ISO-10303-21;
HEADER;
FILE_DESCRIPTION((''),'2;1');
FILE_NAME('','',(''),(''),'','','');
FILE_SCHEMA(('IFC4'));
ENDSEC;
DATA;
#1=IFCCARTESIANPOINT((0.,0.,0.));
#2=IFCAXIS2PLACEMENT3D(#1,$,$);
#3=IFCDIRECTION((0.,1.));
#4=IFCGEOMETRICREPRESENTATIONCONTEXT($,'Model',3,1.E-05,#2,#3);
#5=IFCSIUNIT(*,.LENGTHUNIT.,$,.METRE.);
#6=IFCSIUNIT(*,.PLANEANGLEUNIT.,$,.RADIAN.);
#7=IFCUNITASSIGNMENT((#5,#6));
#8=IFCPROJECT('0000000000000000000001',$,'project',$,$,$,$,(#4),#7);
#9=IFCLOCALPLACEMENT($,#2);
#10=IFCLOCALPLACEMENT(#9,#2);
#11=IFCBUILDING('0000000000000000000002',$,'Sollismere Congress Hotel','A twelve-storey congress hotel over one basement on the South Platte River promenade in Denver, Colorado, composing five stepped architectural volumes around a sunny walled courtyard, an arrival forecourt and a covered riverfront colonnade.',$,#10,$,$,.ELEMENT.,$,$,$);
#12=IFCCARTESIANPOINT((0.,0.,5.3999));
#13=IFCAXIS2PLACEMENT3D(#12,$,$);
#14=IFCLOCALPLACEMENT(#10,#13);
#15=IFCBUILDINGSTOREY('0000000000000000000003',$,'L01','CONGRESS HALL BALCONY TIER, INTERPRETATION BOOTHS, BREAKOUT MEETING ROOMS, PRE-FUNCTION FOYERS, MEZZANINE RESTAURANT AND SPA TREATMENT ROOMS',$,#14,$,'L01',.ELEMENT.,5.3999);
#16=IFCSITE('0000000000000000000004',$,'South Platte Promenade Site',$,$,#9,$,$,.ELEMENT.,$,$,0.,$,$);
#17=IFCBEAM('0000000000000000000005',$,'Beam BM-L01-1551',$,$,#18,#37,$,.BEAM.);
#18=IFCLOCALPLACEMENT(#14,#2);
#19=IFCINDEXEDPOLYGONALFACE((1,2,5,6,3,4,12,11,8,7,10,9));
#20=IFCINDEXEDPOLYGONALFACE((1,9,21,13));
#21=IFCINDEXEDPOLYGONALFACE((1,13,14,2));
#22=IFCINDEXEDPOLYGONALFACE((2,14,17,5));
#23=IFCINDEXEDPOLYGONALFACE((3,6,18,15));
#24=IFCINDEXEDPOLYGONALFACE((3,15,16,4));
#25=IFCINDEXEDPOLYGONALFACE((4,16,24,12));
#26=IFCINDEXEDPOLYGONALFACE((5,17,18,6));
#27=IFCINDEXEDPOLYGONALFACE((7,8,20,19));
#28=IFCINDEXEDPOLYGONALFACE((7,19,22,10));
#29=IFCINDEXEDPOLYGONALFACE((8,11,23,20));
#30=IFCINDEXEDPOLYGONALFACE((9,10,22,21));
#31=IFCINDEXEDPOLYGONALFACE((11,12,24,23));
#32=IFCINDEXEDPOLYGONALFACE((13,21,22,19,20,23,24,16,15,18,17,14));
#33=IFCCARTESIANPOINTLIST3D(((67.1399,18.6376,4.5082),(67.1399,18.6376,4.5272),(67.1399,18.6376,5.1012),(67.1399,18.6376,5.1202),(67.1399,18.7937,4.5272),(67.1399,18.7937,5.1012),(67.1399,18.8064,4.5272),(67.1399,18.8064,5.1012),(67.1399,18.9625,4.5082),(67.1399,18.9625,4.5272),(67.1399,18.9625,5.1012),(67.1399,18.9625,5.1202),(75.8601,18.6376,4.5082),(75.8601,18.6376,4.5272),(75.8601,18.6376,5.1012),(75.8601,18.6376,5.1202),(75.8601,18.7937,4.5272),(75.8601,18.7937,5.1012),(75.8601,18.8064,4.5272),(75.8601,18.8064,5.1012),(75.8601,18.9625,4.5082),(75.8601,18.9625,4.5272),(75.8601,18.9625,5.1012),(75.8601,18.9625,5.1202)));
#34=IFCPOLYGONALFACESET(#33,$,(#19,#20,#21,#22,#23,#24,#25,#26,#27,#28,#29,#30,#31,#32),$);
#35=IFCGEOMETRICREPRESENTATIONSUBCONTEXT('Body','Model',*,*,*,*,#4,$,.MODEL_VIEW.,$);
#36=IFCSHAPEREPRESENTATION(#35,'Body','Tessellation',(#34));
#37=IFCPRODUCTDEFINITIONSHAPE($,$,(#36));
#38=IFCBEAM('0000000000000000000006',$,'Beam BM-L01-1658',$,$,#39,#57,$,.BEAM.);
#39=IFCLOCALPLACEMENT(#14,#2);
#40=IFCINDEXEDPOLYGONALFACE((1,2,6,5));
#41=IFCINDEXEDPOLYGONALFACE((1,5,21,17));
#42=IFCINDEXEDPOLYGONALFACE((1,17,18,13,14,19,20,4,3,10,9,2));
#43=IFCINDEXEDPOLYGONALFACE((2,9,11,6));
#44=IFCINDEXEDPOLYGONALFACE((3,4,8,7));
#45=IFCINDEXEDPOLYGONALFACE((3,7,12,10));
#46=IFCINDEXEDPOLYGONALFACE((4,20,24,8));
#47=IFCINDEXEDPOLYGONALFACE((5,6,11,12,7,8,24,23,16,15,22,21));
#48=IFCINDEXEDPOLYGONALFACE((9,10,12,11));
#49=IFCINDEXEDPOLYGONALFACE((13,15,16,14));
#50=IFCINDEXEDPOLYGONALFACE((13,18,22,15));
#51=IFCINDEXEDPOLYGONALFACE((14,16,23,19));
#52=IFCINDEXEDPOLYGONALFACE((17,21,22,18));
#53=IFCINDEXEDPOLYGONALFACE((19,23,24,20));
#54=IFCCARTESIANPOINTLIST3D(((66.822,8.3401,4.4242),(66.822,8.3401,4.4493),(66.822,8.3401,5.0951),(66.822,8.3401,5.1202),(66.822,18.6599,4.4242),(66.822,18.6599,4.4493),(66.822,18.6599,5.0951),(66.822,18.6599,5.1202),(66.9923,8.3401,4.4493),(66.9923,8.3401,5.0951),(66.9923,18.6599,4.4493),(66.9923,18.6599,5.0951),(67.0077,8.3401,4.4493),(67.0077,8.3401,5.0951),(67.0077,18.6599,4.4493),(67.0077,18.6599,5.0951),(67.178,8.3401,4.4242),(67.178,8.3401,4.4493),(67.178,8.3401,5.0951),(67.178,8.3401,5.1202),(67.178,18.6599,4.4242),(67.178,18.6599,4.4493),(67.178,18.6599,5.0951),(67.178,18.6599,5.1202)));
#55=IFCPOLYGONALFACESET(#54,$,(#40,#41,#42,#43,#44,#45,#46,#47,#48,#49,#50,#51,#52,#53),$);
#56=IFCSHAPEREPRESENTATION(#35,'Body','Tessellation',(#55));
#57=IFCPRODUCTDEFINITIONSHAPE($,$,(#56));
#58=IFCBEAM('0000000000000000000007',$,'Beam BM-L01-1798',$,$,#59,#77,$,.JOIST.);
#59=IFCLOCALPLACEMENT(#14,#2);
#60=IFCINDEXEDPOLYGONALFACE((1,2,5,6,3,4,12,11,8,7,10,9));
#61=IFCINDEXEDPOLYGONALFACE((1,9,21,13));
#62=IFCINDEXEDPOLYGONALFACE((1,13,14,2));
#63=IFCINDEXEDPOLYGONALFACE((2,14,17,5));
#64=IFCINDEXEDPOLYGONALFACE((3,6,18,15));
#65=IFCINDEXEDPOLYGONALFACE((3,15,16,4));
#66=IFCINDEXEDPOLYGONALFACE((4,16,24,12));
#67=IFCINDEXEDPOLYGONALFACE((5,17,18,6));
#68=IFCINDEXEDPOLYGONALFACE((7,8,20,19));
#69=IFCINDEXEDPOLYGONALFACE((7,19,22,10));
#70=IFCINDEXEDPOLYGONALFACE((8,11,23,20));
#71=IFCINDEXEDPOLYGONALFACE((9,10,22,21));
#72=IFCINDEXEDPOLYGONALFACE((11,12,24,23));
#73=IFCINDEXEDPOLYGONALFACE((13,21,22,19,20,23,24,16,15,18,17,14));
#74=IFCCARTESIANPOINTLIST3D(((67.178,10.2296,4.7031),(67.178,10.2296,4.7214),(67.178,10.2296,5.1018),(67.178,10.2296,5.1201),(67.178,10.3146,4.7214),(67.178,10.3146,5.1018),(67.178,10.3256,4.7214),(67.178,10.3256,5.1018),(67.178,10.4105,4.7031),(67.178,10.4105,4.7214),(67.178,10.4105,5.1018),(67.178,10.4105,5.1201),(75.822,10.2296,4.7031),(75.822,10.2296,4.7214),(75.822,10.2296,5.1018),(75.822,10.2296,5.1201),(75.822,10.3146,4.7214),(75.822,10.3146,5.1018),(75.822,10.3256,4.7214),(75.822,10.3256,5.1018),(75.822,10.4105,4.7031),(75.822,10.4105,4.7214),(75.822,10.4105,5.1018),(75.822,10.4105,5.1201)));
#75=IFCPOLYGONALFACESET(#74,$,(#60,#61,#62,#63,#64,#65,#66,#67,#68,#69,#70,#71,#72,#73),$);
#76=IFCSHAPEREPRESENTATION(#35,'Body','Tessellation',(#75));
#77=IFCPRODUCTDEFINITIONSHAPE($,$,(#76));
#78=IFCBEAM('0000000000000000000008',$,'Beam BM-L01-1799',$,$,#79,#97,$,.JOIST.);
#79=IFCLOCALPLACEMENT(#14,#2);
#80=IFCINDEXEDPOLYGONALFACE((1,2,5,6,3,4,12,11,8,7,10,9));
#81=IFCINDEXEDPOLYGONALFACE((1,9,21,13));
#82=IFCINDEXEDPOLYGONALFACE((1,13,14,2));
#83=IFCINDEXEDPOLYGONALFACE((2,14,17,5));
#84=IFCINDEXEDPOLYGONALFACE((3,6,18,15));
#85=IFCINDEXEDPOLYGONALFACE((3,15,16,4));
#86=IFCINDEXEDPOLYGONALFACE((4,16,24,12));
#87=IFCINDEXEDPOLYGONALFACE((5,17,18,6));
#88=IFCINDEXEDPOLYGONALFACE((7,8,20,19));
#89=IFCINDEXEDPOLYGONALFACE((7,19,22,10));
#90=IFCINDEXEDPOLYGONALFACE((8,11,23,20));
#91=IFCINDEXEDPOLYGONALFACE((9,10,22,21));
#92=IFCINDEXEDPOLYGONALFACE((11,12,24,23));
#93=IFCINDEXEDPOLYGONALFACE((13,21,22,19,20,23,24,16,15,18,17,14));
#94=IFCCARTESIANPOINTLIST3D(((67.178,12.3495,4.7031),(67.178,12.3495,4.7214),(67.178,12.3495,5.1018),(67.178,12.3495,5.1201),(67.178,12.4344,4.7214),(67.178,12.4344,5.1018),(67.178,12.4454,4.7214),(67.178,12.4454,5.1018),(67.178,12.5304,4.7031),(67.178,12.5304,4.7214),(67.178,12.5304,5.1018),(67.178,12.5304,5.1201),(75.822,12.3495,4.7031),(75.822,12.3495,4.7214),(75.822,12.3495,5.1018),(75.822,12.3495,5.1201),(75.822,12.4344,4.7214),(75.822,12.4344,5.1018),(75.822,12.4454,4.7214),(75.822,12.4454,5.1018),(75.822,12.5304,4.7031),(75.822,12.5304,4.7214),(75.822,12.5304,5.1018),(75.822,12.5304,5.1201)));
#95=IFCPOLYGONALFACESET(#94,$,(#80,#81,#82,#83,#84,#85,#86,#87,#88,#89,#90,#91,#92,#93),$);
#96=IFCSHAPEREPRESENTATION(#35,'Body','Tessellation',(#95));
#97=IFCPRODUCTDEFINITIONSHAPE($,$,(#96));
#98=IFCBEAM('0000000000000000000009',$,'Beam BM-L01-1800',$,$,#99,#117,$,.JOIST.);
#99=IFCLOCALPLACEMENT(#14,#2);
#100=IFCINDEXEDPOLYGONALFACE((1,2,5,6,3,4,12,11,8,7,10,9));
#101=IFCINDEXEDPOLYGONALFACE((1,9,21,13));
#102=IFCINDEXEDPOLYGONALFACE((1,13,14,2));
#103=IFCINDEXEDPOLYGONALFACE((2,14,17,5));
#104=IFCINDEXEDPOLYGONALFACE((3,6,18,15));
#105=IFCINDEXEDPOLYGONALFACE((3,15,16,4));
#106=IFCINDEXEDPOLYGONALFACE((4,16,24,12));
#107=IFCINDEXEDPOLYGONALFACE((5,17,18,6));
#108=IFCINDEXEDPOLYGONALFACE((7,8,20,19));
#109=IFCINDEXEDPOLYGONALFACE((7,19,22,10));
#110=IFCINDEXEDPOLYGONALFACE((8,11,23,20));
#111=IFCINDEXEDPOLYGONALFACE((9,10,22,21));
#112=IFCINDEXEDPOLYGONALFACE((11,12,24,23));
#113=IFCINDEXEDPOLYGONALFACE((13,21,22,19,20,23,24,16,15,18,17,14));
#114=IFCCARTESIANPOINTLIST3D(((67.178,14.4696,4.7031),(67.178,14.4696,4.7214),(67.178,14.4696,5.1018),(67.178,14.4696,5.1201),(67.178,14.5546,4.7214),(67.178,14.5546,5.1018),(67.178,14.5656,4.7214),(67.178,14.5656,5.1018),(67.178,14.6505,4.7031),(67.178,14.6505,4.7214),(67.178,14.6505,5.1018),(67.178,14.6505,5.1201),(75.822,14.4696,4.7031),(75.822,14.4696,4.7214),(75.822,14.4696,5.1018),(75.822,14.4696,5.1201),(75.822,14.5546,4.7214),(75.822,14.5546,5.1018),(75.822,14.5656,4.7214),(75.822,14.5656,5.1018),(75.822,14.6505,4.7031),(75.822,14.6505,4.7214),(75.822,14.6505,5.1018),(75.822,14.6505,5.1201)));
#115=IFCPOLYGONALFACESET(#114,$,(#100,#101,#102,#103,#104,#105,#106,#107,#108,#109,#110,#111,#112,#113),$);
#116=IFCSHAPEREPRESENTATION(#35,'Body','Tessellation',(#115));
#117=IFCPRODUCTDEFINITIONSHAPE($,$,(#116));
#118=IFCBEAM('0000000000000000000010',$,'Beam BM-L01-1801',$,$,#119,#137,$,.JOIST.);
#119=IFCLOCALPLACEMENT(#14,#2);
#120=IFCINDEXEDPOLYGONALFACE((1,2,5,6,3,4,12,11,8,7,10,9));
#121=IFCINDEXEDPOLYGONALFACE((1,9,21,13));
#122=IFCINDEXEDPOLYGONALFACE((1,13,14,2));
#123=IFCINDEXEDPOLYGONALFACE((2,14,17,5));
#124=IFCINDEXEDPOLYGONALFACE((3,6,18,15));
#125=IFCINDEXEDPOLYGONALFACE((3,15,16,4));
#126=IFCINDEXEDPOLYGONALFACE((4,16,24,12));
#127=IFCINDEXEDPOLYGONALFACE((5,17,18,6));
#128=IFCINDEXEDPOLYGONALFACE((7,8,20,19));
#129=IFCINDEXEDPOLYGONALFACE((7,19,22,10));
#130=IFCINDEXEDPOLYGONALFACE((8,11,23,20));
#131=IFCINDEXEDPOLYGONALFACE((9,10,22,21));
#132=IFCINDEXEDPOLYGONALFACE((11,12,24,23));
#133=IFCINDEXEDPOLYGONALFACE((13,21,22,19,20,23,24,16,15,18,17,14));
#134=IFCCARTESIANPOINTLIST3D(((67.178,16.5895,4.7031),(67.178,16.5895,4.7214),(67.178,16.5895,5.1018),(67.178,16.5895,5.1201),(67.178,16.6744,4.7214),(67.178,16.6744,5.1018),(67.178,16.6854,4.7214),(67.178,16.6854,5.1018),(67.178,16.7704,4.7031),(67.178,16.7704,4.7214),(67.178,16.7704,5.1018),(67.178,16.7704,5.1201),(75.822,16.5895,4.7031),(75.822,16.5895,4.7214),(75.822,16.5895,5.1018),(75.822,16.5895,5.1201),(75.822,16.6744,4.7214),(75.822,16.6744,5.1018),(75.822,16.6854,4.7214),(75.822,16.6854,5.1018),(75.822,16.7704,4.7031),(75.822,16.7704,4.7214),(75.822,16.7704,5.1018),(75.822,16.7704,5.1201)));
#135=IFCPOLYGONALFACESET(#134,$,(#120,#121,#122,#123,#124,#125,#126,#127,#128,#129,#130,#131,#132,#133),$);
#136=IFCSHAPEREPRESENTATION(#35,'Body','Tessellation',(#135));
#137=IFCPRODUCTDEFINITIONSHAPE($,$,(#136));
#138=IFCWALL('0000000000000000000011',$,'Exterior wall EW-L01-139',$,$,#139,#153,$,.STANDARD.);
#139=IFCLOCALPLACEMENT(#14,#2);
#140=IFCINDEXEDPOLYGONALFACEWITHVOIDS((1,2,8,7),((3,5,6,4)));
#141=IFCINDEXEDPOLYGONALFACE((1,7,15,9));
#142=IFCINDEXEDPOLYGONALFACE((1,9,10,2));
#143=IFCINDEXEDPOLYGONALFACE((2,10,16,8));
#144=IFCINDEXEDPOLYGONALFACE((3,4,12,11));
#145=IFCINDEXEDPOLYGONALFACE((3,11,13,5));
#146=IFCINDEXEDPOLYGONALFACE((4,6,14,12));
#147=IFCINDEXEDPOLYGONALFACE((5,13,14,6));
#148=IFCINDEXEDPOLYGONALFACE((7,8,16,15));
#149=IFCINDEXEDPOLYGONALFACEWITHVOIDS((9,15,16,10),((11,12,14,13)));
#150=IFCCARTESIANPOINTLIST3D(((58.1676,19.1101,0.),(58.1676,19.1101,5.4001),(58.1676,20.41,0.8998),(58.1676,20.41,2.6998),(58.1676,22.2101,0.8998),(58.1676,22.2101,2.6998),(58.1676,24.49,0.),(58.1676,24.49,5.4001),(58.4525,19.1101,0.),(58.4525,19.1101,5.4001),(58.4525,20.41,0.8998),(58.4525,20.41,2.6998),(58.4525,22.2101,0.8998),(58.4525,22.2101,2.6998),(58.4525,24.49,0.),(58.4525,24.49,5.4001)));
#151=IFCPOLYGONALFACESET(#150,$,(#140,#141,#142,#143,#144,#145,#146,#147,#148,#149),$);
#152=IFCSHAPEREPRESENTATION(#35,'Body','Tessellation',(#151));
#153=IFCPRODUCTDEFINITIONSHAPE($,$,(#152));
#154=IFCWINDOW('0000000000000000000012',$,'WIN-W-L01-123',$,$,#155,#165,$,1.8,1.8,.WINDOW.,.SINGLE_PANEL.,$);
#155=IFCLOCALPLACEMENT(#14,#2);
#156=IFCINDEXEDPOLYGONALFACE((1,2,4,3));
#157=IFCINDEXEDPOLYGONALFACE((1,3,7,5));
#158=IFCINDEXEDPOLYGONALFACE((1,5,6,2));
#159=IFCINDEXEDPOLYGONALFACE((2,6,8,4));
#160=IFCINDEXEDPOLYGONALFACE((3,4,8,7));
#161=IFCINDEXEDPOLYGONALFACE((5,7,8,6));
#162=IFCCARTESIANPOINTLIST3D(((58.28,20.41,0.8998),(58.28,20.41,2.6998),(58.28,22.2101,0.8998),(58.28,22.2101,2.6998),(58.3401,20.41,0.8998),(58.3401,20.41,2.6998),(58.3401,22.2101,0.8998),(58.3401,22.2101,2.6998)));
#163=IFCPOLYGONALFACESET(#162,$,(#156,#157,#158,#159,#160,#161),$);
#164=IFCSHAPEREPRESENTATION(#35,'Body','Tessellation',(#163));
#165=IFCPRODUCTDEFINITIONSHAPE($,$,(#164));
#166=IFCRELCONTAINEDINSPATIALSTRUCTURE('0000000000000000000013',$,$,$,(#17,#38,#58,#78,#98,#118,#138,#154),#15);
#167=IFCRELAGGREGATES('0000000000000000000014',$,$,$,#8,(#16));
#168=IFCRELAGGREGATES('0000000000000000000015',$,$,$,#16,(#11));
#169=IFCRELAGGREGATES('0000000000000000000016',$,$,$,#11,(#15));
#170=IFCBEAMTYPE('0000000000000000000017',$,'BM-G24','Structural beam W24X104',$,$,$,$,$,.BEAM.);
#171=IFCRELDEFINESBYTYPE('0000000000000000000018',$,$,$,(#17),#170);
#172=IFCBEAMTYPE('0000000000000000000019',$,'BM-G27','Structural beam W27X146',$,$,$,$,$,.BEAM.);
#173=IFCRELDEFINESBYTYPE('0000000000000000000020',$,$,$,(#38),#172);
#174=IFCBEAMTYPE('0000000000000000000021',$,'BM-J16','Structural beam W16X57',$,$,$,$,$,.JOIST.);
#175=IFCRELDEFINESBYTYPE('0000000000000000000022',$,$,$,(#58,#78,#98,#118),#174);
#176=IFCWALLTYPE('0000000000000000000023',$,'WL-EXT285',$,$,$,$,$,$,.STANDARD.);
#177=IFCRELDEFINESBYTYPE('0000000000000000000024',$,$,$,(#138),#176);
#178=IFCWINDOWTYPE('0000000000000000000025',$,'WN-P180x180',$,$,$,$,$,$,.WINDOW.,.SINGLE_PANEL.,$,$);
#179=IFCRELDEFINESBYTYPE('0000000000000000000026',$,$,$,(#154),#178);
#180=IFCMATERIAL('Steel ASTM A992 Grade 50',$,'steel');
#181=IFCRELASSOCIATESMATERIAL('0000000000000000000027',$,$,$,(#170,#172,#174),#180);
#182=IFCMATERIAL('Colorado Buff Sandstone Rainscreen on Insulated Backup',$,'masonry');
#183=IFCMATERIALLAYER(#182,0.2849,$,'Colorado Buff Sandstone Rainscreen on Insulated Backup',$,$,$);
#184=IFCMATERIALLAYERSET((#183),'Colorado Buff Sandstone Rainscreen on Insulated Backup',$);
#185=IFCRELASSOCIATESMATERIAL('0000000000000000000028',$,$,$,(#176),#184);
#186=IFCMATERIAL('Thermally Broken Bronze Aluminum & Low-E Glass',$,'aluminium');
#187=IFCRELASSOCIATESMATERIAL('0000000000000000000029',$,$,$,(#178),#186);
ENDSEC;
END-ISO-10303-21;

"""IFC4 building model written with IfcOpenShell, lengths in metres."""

from ifc_helpers import new_model, si_unit, direction, frame, frame_2d, origin, origin_2d, place, context, subcontext, project, spatial, rectangle, i_section, extrude, material, layer, layer_set, material_profile, profile_set, type_object, element, fill, save


model = new_model("IFC4")

# Units and contexts
model_context = context("Model", 3, precision=1e-05, world=origin(), true_north=direction((0.0, 1.0)))
body_context = subcontext(model_context, "Body", "Model", "MODEL_VIEW")
ifc_project = project(units=[si_unit("LENGTHUNIT", "METRE"), si_unit("PLANEANGLEUNIT", "RADIAN")], contexts=[model_context])

# Site, building, storey
site_placement = place(None, origin())
site = spatial("IfcSite", under=ifc_project, at=site_placement, Name="South Platte Promenade Site", CompositionType="ELEMENT", RefElevation=0.0)
building_placement = place(site_placement, origin())
building = spatial("IfcBuilding", under=site, at=building_placement, Name="Sollismere Congress Hotel", Description="A twelve-storey congress hotel over one basement on the South Platte River promenade in Denver, Colorado, composing five stepped architectural volumes around a sunny walled courtyard, an arrival forecourt and a covered riverfront colonnade.", CompositionType="ELEMENT")
storey_placement = place(building_placement, frame((0.0, 0.0, 5.3999)))
storey = spatial("IfcBuildingStorey", under=building, at=storey_placement, Name="L01", Description="CONGRESS HALL BALCONY TIER, INTERPRETATION BOOTHS, BREAKOUT MEETING ROOMS, PRE-FUNCTION FOYERS, MEZZANINE RESTAURANT AND SPA TREATMENT ROOMS", LongName="L01", CompositionType="ELEMENT", Elevation=5.3999)

# Shared definitions
ifc_material_1 = material(Name="Steel ASTM A992 Grade 50", Category="steel")

# Beams
ifc_material_profile_1 = material_profile(ifc_material_1, i_section(OverallWidth=0.325, OverallDepth=0.6121, WebThickness=0.0127, FlangeThickness=0.019, at=origin_2d()), Name="W24X104")
ifc_profile_set_1 = profile_set([ifc_material_profile_1], Name="Steel ASTM A992 Grade 50")
beam_type_1 = type_object("IfcBeamType", Name="BM-G24", Description="Structural beam W24X104", PredefinedType="BEAM", material=ifc_profile_set_1)
for number, where, z_axis, x_axis, name in (
    (1, (67.1399, 18.8, 4.8142), (1.0, 0.0, 0.0), (0.0, 1.0, 0.0), "Beam BM-L01-1551"),
):
    element("IfcBeam", number, at=place(storey_placement, frame(where, z_axis=z_axis, x_axis=x_axis)), inside=storey, type_object=beam_type_1, Name=name, PredefinedType="BEAM", context=body_context, shape_type="SweptSolid", body=[
        extrude(i_section(OverallWidth=0.325, OverallDepth=0.6121, WebThickness=0.0127, FlangeThickness=0.019, at=origin_2d()), origin(), (0.0, 0.0, 1.0), 8.7202),
    ])
ifc_material_profile_2 = material_profile(ifc_material_1, i_section(OverallWidth=0.356, OverallDepth=0.696, WebThickness=0.0154, FlangeThickness=0.0251, at=origin_2d()), Name="W27X146")
ifc_profile_set_2 = profile_set([ifc_material_profile_2], Name="Steel ASTM A992 Grade 50")
beam_type_2 = type_object("IfcBeamType", Name="BM-G27", Description="Structural beam W27X146", PredefinedType="BEAM", material=ifc_profile_set_2)
beam_1_placement = place(storey_placement, frame((67.0, 8.3401, 4.7722), z_axis=(0.0, 1.0, 0.0), x_axis=(-1.0, 0.0, 0.0)))
element("IfcBeam", 2, at=beam_1_placement, inside=storey, type_object=beam_type_2, Name="Beam BM-L01-1658", PredefinedType="BEAM", context=body_context, shape_type="SweptSolid", body=[
    extrude(i_section(OverallWidth=0.356, OverallDepth=0.696, WebThickness=0.0154, FlangeThickness=0.0251, at=origin_2d()), origin(), (0.0, 0.0, 1.0), 10.3198),
])
ifc_material_profile_3 = material_profile(ifc_material_1, i_section(OverallWidth=0.1809, OverallDepth=0.417, WebThickness=0.011, FlangeThickness=0.0183, at=origin_2d()), Name="W16X57")
ifc_profile_set_3 = profile_set([ifc_material_profile_3], Name="Steel ASTM A992 Grade 50")
beam_type_3 = type_object("IfcBeamType", Name="BM-J16", Description="Structural beam W16X57", PredefinedType="JOIST", material=ifc_profile_set_3)
for number, where, z_axis, x_axis, name in (
    (3, (67.178, 10.3201, 4.9116), (1.0, 0.0, 0.0), (0.0, 1.0, 0.0), "Beam BM-L01-1798"),
    (4, (67.178, 12.4399, 4.9116), (1.0, 0.0, 0.0), (0.0, 1.0, 0.0), "Beam BM-L01-1799"),
    (5, (67.178, 14.5601, 4.9116), (1.0, 0.0, 0.0), (0.0, 1.0, 0.0), "Beam BM-L01-1800"),
    (6, (67.178, 16.6799, 4.9116), (1.0, 0.0, 0.0), (0.0, 1.0, 0.0), "Beam BM-L01-1801"),
):
    element("IfcBeam", number, at=place(storey_placement, frame(where, z_axis=z_axis, x_axis=x_axis)), inside=storey, type_object=beam_type_3, Name=name, PredefinedType="JOIST", context=body_context, shape_type="SweptSolid", body=[
        extrude(i_section(OverallWidth=0.1809, OverallDepth=0.417, WebThickness=0.011, FlangeThickness=0.0183, at=origin_2d()), origin(), (0.0, 0.0, 1.0), 8.644),
    ])

# Wall, opening, window
ifc_material_2 = material(Name="Colorado Buff Sandstone Rainscreen on Insulated Backup", Category="masonry")
ifc_layer_1 = layer(ifc_material_2, 0.2849, Name="Colorado Buff Sandstone Rainscreen on Insulated Backup")
ifc_layer_set_1 = layer_set([ifc_layer_1], Name="Colorado Buff Sandstone Rainscreen on Insulated Backup")
wall_type_1 = type_object("IfcWallType", Name="WL-EXT285", PredefinedType="STANDARD", material=ifc_layer_set_1)
wall_1_placement = place(storey_placement, frame((58.3101, 19.1101, 0.0), z_axis=(0.0, 0.0, 1.0), x_axis=(0.0, 1.0, 0.0)))
wall_1 = element("IfcWall", 7, at=wall_1_placement, inside=storey, type_object=wall_type_1, Name="Exterior wall EW-L01-139", PredefinedType="STANDARD", context=body_context, shape_type="SweptSolid", body=[
    extrude(rectangle(XDim=5.3799, YDim=0.2849, at=frame_2d((2.6899, 0.0))), origin(), (0.0, 0.0, 1.0), 5.4001),
])
opening_1_placement = place(wall_1_placement, frame((1.3, 0.0, 0.8999)))
opening_1 = element("IfcOpeningElement", 8, at=opening_1_placement, cuts=wall_1, PredefinedType="OPENING", context=body_context, shape_type="SweptSolid", body=[
    extrude(rectangle(XDim=1.8, YDim=1.8, at=frame_2d((0.8999, 0.8999))), frame((0.0, 0.1523, 0.0), z_axis=(0.0, -1.0, 0.0), x_axis=(1.0, 0.0, 0.0)), (0.0, 0.0, 1.0), 0.3049),
])
ifc_material_3 = material(Name="Thermally Broken Bronze Aluminum & Low-E Glass", Category="aluminium")
window_type_1 = type_object("IfcWindowType", Name="WN-P180x180", PartitioningType="SINGLE_PANEL", PredefinedType="WINDOW", material=ifc_material_3)
window_1_placement = place(opening_1_placement, origin())
window_1 = element("IfcWindow", 9, at=window_1_placement, inside=storey, type_object=window_type_1, Name="WIN-W-L01-123", OverallHeight=1.8, OverallWidth=1.8, PartitioningType="SINGLE_PANEL", PredefinedType="WINDOW", context=body_context, shape_type="SweptSolid", body=[
    extrude(rectangle(XDim=1.8, YDim=1.8, at=frame_2d((0.8999, 0.8999))), frame((0.0, 0.03, 0.0), z_axis=(0.0, -1.0, 0.0), x_axis=(1.0, 0.0, 0.0)), (0.0, 0.0, 1.0), 0.0601),
])
fill(opening_1, window_1)

save(model, "model.ifc")
